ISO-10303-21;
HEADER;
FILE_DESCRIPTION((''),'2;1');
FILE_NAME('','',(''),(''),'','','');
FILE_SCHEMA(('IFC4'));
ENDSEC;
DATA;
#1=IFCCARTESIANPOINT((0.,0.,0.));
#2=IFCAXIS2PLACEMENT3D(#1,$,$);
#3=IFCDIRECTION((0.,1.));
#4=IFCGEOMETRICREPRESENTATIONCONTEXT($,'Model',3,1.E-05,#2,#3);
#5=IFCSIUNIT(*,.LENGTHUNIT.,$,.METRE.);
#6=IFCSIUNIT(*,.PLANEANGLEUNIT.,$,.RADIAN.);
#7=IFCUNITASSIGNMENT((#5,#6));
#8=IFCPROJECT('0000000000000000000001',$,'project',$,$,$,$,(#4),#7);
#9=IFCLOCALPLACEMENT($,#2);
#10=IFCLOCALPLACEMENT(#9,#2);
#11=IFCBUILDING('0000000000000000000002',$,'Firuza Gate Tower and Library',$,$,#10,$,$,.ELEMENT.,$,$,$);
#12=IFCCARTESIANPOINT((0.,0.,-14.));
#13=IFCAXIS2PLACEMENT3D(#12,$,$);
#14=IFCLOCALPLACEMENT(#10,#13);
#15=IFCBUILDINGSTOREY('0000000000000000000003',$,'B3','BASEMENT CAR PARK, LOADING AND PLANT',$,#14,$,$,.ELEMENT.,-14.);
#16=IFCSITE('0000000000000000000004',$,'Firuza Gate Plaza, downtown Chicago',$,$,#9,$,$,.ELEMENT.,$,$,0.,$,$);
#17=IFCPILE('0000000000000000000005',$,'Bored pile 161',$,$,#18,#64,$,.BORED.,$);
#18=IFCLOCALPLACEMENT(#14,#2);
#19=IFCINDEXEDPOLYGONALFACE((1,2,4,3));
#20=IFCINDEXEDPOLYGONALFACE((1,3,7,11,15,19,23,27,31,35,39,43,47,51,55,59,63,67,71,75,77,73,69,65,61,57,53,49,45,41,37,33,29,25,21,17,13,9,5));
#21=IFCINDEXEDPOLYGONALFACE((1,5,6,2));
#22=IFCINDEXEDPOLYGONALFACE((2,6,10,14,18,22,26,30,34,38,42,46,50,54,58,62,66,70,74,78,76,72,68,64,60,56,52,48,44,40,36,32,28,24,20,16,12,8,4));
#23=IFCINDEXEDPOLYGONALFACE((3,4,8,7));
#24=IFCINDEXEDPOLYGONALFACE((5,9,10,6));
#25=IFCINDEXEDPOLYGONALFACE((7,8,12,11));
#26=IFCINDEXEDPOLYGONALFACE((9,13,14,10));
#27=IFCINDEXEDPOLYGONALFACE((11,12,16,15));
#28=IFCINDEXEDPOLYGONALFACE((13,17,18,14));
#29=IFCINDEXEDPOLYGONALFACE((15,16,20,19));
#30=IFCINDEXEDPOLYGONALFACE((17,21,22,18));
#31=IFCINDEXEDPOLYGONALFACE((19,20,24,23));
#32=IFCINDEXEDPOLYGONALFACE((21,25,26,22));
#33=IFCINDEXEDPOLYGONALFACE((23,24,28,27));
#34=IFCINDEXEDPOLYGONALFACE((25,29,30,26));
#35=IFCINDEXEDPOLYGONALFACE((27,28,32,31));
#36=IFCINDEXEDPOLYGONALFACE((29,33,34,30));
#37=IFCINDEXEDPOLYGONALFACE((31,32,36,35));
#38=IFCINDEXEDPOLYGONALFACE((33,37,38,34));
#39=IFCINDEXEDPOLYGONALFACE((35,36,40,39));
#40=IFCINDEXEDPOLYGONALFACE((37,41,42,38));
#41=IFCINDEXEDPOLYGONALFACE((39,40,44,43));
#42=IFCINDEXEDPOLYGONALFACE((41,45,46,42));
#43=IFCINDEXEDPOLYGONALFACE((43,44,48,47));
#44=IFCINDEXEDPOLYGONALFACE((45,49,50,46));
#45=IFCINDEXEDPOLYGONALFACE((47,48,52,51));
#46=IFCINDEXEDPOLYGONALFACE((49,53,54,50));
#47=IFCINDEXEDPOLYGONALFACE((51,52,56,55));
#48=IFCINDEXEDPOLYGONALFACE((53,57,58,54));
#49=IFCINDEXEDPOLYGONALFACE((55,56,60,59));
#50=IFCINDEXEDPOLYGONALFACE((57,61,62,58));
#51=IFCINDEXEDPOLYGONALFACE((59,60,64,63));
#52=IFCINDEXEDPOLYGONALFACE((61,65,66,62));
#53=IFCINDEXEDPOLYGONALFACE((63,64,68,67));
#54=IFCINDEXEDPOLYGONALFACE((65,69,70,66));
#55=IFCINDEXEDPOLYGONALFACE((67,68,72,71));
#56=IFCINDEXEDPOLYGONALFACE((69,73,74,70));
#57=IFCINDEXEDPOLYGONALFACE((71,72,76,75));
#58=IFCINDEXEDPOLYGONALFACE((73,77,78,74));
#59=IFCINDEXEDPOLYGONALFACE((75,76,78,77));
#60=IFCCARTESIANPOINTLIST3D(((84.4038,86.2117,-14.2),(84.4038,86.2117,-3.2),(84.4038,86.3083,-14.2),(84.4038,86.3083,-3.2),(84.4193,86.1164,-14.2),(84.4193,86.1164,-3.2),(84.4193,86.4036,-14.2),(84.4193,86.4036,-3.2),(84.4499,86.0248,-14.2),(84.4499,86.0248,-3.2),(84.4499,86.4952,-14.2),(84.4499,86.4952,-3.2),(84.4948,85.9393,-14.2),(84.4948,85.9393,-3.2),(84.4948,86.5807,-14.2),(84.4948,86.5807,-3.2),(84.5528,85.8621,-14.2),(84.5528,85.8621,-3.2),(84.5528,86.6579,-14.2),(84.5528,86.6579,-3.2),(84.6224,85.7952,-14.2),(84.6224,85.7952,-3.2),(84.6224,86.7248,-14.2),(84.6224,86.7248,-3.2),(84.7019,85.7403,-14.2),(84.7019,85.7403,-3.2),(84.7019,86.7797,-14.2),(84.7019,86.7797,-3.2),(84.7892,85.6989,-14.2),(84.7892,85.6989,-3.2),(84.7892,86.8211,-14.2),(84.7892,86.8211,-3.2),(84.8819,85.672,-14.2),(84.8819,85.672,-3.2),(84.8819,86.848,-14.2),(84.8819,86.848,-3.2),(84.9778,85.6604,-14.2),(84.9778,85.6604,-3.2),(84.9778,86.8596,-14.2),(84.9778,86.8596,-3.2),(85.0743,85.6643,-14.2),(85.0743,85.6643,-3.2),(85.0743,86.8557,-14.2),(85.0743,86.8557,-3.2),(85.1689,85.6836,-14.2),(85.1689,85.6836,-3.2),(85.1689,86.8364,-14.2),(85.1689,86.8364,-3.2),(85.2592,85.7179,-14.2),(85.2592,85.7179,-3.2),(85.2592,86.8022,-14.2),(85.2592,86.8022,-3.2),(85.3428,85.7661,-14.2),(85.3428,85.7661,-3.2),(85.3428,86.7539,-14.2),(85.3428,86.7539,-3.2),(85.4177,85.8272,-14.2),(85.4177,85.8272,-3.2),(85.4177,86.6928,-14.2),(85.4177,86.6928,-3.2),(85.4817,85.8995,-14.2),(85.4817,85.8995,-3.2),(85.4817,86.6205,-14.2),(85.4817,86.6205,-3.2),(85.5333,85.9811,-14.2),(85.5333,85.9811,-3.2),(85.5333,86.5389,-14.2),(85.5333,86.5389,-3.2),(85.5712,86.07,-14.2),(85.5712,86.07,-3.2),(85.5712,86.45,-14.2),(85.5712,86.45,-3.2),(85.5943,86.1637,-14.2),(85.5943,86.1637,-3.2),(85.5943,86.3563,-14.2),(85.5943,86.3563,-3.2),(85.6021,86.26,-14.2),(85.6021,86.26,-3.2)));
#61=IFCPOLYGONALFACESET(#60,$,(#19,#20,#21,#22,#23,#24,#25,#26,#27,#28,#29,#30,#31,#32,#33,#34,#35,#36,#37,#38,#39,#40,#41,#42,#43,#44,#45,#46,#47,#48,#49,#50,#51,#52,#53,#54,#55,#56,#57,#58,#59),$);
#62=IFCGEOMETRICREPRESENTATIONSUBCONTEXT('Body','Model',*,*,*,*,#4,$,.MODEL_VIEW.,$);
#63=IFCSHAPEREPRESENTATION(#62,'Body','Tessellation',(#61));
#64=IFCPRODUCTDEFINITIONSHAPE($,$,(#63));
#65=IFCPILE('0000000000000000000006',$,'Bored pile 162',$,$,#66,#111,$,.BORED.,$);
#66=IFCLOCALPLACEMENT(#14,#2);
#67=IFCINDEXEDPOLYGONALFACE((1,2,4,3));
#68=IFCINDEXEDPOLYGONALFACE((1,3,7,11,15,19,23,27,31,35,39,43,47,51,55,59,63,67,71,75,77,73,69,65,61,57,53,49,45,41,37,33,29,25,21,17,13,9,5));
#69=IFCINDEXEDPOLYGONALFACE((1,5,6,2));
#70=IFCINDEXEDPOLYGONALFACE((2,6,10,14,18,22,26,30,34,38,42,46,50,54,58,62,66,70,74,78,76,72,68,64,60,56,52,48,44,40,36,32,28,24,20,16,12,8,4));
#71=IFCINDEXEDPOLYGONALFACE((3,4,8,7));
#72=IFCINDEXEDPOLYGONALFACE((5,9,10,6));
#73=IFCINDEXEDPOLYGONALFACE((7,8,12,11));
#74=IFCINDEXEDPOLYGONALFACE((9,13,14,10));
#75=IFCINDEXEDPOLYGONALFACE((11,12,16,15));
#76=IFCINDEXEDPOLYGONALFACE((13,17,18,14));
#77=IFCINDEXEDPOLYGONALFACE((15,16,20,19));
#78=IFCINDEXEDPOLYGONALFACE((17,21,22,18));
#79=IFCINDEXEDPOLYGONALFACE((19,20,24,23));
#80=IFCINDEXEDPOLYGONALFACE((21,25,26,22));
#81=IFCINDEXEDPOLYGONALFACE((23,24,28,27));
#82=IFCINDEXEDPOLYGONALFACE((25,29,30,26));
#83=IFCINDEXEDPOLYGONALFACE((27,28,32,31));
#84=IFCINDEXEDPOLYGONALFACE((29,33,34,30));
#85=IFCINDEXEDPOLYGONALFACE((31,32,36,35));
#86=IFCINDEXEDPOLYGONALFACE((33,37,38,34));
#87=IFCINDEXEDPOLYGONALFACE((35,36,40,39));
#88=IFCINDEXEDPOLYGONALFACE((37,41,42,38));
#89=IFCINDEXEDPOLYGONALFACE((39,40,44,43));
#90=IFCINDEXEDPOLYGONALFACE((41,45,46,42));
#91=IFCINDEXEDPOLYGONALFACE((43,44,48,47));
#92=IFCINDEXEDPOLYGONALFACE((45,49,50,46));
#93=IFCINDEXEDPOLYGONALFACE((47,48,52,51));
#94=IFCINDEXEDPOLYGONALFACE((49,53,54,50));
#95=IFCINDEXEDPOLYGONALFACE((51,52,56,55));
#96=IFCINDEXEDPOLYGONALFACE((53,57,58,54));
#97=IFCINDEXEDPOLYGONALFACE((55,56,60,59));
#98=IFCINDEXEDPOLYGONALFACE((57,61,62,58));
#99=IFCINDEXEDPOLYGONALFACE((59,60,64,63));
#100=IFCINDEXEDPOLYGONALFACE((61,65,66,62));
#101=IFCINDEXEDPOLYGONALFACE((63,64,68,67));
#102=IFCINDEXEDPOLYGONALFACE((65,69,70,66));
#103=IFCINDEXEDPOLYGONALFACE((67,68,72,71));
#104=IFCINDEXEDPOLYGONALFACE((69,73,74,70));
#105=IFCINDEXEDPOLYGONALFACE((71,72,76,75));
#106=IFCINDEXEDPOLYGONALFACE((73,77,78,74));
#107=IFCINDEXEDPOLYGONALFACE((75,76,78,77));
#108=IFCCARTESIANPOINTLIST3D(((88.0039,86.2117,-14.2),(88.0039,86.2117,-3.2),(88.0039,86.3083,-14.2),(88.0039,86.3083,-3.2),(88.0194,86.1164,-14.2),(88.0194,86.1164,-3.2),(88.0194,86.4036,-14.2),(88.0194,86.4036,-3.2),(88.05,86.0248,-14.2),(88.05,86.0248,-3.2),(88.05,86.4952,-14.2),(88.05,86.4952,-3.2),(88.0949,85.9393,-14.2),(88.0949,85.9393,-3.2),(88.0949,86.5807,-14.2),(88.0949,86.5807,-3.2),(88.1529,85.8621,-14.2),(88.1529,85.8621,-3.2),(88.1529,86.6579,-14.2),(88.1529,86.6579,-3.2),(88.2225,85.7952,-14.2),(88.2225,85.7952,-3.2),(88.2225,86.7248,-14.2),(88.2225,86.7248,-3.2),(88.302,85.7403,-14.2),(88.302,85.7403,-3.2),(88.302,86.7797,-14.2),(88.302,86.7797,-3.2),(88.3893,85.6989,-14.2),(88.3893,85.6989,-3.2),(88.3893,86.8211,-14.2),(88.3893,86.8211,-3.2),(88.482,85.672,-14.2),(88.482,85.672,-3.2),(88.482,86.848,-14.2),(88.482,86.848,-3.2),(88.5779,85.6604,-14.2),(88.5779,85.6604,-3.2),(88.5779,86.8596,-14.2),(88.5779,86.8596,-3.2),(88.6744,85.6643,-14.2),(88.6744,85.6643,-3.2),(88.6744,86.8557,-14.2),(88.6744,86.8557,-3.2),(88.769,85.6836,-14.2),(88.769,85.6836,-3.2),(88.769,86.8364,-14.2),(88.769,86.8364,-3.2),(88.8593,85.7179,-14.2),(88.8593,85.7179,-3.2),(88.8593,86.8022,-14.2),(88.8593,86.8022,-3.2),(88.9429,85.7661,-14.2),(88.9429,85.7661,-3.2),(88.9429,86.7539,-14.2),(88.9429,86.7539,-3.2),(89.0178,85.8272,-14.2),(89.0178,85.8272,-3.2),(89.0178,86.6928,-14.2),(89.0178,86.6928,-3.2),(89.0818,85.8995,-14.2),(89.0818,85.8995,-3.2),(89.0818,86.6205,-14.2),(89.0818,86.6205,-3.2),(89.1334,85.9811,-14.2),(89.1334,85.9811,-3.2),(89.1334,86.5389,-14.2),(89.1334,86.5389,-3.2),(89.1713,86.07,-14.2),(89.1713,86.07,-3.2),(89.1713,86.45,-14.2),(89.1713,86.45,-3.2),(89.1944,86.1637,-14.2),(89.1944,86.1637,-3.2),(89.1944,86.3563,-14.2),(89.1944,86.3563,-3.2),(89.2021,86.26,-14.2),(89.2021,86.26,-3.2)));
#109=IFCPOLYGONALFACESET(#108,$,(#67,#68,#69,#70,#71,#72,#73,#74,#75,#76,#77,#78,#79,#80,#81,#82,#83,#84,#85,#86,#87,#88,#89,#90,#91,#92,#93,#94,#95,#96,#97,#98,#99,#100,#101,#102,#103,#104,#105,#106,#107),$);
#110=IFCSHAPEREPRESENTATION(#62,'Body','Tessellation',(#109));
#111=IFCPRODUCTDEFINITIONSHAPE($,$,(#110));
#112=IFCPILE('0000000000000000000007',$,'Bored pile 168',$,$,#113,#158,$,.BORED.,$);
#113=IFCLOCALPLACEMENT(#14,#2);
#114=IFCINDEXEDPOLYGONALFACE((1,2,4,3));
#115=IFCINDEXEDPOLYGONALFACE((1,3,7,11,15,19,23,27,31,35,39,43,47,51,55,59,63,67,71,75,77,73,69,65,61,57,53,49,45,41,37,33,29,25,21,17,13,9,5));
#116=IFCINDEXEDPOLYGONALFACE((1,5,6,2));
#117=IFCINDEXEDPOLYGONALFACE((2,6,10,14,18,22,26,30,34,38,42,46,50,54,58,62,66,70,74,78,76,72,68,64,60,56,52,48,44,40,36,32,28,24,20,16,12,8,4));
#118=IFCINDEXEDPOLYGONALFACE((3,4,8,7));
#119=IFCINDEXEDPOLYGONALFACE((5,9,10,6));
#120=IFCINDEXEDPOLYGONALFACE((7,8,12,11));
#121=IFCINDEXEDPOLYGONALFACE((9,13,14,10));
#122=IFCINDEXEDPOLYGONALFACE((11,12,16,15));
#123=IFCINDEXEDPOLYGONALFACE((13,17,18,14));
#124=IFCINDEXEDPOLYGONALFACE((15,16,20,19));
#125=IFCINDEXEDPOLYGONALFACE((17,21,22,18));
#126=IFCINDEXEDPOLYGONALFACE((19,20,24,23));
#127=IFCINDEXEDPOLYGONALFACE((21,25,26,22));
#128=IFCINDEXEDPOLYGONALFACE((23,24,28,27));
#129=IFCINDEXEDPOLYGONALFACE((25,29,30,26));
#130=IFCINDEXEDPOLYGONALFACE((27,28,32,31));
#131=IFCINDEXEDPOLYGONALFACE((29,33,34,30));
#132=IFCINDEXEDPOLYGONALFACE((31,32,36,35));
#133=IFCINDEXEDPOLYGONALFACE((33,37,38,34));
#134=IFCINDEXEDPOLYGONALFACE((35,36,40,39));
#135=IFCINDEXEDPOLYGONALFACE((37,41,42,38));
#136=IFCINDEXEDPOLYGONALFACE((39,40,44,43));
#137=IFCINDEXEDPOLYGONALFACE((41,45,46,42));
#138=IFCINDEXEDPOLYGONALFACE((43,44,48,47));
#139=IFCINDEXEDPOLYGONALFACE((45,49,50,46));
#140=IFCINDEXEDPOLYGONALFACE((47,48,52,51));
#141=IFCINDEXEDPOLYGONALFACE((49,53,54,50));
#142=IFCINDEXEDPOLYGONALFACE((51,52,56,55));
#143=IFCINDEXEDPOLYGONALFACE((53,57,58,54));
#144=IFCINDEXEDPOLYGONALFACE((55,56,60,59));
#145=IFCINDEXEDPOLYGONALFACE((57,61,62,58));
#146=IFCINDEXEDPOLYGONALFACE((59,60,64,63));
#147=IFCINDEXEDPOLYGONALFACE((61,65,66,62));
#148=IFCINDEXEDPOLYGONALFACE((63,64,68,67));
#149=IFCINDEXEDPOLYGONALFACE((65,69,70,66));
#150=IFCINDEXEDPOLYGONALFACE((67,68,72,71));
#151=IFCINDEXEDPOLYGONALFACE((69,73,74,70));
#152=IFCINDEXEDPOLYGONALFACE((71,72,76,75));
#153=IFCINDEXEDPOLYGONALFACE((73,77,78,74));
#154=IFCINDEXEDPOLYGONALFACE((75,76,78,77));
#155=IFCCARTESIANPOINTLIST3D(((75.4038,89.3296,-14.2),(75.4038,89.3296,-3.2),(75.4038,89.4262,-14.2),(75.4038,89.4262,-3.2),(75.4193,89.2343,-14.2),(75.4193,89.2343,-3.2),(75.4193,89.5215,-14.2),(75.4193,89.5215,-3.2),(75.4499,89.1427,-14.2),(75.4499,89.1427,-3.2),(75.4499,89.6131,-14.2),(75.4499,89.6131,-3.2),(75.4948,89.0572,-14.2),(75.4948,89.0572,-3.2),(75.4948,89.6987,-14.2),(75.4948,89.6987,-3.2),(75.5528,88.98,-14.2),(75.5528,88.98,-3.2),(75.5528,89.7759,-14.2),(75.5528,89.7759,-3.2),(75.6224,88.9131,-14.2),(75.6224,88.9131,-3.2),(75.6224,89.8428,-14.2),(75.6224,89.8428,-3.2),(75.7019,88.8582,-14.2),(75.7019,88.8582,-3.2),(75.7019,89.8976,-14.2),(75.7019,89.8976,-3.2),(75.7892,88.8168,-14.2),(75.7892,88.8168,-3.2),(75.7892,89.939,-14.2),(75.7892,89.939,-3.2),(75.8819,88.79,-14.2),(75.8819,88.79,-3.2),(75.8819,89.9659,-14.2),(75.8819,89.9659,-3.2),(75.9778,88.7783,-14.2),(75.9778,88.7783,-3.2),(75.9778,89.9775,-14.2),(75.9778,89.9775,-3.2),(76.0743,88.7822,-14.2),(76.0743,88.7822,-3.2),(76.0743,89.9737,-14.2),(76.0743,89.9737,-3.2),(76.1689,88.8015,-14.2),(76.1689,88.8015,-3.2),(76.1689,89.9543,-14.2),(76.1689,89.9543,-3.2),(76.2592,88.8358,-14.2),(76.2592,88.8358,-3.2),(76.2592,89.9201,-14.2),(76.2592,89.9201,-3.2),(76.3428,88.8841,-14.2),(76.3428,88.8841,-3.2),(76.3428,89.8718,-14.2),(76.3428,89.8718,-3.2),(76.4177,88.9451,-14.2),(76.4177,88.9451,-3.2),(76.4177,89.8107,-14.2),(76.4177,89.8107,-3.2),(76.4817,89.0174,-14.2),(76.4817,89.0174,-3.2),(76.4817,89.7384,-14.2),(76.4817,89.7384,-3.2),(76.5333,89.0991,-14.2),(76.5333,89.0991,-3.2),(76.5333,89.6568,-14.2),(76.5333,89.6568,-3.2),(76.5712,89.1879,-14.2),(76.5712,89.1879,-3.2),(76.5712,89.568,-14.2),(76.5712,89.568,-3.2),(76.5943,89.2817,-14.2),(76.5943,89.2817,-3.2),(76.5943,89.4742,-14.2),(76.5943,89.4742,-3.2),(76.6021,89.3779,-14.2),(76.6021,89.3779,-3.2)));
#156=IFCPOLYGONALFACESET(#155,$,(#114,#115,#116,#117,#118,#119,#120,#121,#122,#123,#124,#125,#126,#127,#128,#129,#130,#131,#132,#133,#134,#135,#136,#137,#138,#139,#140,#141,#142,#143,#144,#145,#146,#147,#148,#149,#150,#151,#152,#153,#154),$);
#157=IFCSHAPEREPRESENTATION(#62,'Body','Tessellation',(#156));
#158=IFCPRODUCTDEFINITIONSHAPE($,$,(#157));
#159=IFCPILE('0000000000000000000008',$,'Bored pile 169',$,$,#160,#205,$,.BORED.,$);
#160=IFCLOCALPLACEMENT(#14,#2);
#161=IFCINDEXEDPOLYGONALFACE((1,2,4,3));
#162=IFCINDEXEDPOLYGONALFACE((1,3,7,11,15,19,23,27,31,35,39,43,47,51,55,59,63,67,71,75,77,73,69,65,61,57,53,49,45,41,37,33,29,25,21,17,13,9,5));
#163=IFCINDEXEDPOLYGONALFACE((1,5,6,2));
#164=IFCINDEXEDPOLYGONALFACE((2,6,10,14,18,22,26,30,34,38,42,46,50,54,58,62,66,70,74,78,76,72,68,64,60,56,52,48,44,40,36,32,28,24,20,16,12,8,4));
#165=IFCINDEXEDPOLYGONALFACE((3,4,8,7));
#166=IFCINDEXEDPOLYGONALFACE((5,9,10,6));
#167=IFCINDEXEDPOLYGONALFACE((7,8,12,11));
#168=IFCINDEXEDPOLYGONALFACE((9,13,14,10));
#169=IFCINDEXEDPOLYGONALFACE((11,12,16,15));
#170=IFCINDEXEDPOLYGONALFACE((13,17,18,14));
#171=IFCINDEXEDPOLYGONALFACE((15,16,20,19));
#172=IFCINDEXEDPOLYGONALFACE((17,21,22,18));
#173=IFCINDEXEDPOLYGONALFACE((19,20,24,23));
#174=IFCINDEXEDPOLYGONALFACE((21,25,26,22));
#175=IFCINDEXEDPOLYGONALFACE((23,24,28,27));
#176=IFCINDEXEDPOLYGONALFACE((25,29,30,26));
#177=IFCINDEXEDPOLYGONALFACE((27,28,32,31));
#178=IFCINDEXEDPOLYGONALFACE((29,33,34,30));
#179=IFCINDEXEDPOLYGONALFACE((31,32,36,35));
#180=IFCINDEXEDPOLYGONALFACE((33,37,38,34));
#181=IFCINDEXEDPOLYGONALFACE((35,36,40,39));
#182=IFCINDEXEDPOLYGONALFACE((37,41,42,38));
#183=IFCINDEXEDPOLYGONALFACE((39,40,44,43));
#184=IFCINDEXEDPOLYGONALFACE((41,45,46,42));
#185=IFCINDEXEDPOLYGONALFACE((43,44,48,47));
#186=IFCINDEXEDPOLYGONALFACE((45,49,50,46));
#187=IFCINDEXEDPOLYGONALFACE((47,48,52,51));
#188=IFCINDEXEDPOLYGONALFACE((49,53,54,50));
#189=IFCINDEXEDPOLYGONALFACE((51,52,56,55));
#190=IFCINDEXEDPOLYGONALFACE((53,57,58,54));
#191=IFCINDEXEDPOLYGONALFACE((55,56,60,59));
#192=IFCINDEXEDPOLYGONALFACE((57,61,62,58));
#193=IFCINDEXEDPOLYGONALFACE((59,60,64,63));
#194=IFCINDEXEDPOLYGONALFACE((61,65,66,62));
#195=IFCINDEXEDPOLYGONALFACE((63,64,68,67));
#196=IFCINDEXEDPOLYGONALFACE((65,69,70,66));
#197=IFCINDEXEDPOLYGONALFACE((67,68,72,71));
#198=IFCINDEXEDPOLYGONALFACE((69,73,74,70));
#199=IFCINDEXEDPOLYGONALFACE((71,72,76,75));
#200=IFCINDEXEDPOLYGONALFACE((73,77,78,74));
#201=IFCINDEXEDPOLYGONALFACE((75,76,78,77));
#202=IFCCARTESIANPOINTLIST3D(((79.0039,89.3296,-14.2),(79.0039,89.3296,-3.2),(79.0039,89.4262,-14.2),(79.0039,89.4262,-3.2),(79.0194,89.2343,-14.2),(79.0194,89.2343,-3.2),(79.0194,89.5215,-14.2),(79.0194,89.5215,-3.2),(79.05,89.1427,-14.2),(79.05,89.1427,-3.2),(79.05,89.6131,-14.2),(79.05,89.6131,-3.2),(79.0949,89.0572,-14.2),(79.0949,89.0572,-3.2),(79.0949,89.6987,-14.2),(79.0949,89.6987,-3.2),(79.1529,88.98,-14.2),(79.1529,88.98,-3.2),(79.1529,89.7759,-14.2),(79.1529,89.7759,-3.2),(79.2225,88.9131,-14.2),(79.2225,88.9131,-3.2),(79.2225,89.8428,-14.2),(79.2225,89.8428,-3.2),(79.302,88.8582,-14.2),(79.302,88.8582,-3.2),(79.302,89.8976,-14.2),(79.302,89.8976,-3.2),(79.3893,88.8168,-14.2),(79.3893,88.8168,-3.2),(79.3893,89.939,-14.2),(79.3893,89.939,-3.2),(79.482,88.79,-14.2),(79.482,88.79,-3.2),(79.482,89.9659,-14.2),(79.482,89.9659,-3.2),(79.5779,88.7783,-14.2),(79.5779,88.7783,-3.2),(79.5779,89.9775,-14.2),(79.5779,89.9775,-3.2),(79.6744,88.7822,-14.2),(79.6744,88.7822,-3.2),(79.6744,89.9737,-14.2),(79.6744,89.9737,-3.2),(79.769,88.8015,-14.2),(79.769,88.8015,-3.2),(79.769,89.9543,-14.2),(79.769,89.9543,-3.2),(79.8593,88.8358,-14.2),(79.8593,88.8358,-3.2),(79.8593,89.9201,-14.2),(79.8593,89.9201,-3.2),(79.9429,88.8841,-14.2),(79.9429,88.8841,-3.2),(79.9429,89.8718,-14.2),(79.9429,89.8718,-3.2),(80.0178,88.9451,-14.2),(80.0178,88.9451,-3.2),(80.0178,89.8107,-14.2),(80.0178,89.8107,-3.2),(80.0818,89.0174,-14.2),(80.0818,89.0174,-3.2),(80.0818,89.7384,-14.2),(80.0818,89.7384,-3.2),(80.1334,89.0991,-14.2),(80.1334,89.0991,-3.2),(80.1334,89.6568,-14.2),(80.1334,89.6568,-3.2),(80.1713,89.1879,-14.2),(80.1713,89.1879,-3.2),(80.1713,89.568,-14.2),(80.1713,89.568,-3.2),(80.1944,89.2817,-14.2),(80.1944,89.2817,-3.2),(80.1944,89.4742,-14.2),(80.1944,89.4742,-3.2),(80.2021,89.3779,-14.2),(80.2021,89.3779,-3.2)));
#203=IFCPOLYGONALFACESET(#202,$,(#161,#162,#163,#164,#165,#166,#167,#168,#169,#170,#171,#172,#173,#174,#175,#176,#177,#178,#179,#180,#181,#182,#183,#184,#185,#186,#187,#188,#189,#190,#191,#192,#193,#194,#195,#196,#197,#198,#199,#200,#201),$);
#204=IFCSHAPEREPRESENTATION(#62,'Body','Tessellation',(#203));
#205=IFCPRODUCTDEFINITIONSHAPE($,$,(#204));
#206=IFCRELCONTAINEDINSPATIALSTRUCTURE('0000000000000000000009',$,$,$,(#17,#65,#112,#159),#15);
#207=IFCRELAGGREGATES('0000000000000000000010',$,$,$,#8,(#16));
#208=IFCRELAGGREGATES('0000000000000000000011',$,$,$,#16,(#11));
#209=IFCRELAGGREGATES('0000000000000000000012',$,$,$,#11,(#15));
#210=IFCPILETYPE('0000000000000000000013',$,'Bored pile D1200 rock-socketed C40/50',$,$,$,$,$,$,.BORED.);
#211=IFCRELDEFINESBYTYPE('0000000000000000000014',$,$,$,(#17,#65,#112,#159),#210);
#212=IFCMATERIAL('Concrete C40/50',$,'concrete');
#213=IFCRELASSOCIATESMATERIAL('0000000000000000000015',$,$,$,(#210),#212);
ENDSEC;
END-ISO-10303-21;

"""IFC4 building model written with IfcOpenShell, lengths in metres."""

from ifc_helpers import new_model, si_unit, direction, frame, origin, origin_2d, place, context, subcontext, project, spatial, circle, extrude, material, material_profile, profile_set, type_object, element, save


model = new_model("IFC4")

# Units and contexts
model_context = context("Model", 3, precision=1e-05, world=origin(), true_north=direction((0.0, 1.0)))
body_context = subcontext(model_context, "Body", "Model", "MODEL_VIEW")
ifc_project = project(units=[si_unit("LENGTHUNIT", "METRE"), si_unit("PLANEANGLEUNIT", "RADIAN")], contexts=[model_context])

# Site, building, storey
site_placement = place(None, origin())
site = spatial("IfcSite", under=ifc_project, at=site_placement, Name="Firuza Gate Plaza, downtown Chicago", CompositionType="ELEMENT", RefElevation=0.0)
building_placement = place(site_placement, origin())
building = spatial("IfcBuilding", under=site, at=building_placement, Name="Firuza Gate Tower and Library", CompositionType="ELEMENT")
storey_placement = place(building_placement, frame((0.0, 0.0, -14.0)))
storey = spatial("IfcBuildingStorey", under=building, at=storey_placement, Name="B3", Description="BASEMENT CAR PARK, LOADING AND PLANT", CompositionType="ELEMENT", Elevation=-14.0)

# Piles
ifc_material_1 = material(Name="Concrete C40/50", Category="concrete")
ifc_material_profile_1 = material_profile(ifc_material_1, circle(Radius=0.6001, at=origin_2d()))
ifc_profile_set_1 = profile_set([ifc_material_profile_1], Name="Concrete C40/50")
pile_type = type_object("IfcPileType", Name="Bored pile D1200 rock-socketed C40/50", PredefinedType="BORED", material=ifc_profile_set_1)
for number, where, z_axis, x_axis, name in (
    (1, (85.002, 86.26, -3.2), (0.0, 0.0, -1.0), (1.0, 0.0, 0.0), "Bored pile 161"),
    (2, (88.6021, 86.26, -3.2), (0.0, 0.0, -1.0), (1.0, 0.0, 0.0), "Bored pile 162"),
    (3, (76.002, 89.3779, -3.2), (0.0, 0.0, -1.0), (1.0, 0.0, 0.0), "Bored pile 168"),
    (4, (79.6021, 89.3779, -3.2), (0.0, 0.0, -1.0), (1.0, 0.0, 0.0), "Bored pile 169"),
):
    element("IfcPile", number, at=place(storey_placement, frame(where, z_axis=z_axis, x_axis=x_axis)), inside=storey, type_object=pile_type, Name=name, PredefinedType="BORED", context=body_context, shape_type="SweptSolid", body=[
        extrude(circle(Radius=0.6001, at=origin_2d()), origin(), (0.0, 0.0, 1.0), 11.0),
    ])

save(model, "model.ifc")
